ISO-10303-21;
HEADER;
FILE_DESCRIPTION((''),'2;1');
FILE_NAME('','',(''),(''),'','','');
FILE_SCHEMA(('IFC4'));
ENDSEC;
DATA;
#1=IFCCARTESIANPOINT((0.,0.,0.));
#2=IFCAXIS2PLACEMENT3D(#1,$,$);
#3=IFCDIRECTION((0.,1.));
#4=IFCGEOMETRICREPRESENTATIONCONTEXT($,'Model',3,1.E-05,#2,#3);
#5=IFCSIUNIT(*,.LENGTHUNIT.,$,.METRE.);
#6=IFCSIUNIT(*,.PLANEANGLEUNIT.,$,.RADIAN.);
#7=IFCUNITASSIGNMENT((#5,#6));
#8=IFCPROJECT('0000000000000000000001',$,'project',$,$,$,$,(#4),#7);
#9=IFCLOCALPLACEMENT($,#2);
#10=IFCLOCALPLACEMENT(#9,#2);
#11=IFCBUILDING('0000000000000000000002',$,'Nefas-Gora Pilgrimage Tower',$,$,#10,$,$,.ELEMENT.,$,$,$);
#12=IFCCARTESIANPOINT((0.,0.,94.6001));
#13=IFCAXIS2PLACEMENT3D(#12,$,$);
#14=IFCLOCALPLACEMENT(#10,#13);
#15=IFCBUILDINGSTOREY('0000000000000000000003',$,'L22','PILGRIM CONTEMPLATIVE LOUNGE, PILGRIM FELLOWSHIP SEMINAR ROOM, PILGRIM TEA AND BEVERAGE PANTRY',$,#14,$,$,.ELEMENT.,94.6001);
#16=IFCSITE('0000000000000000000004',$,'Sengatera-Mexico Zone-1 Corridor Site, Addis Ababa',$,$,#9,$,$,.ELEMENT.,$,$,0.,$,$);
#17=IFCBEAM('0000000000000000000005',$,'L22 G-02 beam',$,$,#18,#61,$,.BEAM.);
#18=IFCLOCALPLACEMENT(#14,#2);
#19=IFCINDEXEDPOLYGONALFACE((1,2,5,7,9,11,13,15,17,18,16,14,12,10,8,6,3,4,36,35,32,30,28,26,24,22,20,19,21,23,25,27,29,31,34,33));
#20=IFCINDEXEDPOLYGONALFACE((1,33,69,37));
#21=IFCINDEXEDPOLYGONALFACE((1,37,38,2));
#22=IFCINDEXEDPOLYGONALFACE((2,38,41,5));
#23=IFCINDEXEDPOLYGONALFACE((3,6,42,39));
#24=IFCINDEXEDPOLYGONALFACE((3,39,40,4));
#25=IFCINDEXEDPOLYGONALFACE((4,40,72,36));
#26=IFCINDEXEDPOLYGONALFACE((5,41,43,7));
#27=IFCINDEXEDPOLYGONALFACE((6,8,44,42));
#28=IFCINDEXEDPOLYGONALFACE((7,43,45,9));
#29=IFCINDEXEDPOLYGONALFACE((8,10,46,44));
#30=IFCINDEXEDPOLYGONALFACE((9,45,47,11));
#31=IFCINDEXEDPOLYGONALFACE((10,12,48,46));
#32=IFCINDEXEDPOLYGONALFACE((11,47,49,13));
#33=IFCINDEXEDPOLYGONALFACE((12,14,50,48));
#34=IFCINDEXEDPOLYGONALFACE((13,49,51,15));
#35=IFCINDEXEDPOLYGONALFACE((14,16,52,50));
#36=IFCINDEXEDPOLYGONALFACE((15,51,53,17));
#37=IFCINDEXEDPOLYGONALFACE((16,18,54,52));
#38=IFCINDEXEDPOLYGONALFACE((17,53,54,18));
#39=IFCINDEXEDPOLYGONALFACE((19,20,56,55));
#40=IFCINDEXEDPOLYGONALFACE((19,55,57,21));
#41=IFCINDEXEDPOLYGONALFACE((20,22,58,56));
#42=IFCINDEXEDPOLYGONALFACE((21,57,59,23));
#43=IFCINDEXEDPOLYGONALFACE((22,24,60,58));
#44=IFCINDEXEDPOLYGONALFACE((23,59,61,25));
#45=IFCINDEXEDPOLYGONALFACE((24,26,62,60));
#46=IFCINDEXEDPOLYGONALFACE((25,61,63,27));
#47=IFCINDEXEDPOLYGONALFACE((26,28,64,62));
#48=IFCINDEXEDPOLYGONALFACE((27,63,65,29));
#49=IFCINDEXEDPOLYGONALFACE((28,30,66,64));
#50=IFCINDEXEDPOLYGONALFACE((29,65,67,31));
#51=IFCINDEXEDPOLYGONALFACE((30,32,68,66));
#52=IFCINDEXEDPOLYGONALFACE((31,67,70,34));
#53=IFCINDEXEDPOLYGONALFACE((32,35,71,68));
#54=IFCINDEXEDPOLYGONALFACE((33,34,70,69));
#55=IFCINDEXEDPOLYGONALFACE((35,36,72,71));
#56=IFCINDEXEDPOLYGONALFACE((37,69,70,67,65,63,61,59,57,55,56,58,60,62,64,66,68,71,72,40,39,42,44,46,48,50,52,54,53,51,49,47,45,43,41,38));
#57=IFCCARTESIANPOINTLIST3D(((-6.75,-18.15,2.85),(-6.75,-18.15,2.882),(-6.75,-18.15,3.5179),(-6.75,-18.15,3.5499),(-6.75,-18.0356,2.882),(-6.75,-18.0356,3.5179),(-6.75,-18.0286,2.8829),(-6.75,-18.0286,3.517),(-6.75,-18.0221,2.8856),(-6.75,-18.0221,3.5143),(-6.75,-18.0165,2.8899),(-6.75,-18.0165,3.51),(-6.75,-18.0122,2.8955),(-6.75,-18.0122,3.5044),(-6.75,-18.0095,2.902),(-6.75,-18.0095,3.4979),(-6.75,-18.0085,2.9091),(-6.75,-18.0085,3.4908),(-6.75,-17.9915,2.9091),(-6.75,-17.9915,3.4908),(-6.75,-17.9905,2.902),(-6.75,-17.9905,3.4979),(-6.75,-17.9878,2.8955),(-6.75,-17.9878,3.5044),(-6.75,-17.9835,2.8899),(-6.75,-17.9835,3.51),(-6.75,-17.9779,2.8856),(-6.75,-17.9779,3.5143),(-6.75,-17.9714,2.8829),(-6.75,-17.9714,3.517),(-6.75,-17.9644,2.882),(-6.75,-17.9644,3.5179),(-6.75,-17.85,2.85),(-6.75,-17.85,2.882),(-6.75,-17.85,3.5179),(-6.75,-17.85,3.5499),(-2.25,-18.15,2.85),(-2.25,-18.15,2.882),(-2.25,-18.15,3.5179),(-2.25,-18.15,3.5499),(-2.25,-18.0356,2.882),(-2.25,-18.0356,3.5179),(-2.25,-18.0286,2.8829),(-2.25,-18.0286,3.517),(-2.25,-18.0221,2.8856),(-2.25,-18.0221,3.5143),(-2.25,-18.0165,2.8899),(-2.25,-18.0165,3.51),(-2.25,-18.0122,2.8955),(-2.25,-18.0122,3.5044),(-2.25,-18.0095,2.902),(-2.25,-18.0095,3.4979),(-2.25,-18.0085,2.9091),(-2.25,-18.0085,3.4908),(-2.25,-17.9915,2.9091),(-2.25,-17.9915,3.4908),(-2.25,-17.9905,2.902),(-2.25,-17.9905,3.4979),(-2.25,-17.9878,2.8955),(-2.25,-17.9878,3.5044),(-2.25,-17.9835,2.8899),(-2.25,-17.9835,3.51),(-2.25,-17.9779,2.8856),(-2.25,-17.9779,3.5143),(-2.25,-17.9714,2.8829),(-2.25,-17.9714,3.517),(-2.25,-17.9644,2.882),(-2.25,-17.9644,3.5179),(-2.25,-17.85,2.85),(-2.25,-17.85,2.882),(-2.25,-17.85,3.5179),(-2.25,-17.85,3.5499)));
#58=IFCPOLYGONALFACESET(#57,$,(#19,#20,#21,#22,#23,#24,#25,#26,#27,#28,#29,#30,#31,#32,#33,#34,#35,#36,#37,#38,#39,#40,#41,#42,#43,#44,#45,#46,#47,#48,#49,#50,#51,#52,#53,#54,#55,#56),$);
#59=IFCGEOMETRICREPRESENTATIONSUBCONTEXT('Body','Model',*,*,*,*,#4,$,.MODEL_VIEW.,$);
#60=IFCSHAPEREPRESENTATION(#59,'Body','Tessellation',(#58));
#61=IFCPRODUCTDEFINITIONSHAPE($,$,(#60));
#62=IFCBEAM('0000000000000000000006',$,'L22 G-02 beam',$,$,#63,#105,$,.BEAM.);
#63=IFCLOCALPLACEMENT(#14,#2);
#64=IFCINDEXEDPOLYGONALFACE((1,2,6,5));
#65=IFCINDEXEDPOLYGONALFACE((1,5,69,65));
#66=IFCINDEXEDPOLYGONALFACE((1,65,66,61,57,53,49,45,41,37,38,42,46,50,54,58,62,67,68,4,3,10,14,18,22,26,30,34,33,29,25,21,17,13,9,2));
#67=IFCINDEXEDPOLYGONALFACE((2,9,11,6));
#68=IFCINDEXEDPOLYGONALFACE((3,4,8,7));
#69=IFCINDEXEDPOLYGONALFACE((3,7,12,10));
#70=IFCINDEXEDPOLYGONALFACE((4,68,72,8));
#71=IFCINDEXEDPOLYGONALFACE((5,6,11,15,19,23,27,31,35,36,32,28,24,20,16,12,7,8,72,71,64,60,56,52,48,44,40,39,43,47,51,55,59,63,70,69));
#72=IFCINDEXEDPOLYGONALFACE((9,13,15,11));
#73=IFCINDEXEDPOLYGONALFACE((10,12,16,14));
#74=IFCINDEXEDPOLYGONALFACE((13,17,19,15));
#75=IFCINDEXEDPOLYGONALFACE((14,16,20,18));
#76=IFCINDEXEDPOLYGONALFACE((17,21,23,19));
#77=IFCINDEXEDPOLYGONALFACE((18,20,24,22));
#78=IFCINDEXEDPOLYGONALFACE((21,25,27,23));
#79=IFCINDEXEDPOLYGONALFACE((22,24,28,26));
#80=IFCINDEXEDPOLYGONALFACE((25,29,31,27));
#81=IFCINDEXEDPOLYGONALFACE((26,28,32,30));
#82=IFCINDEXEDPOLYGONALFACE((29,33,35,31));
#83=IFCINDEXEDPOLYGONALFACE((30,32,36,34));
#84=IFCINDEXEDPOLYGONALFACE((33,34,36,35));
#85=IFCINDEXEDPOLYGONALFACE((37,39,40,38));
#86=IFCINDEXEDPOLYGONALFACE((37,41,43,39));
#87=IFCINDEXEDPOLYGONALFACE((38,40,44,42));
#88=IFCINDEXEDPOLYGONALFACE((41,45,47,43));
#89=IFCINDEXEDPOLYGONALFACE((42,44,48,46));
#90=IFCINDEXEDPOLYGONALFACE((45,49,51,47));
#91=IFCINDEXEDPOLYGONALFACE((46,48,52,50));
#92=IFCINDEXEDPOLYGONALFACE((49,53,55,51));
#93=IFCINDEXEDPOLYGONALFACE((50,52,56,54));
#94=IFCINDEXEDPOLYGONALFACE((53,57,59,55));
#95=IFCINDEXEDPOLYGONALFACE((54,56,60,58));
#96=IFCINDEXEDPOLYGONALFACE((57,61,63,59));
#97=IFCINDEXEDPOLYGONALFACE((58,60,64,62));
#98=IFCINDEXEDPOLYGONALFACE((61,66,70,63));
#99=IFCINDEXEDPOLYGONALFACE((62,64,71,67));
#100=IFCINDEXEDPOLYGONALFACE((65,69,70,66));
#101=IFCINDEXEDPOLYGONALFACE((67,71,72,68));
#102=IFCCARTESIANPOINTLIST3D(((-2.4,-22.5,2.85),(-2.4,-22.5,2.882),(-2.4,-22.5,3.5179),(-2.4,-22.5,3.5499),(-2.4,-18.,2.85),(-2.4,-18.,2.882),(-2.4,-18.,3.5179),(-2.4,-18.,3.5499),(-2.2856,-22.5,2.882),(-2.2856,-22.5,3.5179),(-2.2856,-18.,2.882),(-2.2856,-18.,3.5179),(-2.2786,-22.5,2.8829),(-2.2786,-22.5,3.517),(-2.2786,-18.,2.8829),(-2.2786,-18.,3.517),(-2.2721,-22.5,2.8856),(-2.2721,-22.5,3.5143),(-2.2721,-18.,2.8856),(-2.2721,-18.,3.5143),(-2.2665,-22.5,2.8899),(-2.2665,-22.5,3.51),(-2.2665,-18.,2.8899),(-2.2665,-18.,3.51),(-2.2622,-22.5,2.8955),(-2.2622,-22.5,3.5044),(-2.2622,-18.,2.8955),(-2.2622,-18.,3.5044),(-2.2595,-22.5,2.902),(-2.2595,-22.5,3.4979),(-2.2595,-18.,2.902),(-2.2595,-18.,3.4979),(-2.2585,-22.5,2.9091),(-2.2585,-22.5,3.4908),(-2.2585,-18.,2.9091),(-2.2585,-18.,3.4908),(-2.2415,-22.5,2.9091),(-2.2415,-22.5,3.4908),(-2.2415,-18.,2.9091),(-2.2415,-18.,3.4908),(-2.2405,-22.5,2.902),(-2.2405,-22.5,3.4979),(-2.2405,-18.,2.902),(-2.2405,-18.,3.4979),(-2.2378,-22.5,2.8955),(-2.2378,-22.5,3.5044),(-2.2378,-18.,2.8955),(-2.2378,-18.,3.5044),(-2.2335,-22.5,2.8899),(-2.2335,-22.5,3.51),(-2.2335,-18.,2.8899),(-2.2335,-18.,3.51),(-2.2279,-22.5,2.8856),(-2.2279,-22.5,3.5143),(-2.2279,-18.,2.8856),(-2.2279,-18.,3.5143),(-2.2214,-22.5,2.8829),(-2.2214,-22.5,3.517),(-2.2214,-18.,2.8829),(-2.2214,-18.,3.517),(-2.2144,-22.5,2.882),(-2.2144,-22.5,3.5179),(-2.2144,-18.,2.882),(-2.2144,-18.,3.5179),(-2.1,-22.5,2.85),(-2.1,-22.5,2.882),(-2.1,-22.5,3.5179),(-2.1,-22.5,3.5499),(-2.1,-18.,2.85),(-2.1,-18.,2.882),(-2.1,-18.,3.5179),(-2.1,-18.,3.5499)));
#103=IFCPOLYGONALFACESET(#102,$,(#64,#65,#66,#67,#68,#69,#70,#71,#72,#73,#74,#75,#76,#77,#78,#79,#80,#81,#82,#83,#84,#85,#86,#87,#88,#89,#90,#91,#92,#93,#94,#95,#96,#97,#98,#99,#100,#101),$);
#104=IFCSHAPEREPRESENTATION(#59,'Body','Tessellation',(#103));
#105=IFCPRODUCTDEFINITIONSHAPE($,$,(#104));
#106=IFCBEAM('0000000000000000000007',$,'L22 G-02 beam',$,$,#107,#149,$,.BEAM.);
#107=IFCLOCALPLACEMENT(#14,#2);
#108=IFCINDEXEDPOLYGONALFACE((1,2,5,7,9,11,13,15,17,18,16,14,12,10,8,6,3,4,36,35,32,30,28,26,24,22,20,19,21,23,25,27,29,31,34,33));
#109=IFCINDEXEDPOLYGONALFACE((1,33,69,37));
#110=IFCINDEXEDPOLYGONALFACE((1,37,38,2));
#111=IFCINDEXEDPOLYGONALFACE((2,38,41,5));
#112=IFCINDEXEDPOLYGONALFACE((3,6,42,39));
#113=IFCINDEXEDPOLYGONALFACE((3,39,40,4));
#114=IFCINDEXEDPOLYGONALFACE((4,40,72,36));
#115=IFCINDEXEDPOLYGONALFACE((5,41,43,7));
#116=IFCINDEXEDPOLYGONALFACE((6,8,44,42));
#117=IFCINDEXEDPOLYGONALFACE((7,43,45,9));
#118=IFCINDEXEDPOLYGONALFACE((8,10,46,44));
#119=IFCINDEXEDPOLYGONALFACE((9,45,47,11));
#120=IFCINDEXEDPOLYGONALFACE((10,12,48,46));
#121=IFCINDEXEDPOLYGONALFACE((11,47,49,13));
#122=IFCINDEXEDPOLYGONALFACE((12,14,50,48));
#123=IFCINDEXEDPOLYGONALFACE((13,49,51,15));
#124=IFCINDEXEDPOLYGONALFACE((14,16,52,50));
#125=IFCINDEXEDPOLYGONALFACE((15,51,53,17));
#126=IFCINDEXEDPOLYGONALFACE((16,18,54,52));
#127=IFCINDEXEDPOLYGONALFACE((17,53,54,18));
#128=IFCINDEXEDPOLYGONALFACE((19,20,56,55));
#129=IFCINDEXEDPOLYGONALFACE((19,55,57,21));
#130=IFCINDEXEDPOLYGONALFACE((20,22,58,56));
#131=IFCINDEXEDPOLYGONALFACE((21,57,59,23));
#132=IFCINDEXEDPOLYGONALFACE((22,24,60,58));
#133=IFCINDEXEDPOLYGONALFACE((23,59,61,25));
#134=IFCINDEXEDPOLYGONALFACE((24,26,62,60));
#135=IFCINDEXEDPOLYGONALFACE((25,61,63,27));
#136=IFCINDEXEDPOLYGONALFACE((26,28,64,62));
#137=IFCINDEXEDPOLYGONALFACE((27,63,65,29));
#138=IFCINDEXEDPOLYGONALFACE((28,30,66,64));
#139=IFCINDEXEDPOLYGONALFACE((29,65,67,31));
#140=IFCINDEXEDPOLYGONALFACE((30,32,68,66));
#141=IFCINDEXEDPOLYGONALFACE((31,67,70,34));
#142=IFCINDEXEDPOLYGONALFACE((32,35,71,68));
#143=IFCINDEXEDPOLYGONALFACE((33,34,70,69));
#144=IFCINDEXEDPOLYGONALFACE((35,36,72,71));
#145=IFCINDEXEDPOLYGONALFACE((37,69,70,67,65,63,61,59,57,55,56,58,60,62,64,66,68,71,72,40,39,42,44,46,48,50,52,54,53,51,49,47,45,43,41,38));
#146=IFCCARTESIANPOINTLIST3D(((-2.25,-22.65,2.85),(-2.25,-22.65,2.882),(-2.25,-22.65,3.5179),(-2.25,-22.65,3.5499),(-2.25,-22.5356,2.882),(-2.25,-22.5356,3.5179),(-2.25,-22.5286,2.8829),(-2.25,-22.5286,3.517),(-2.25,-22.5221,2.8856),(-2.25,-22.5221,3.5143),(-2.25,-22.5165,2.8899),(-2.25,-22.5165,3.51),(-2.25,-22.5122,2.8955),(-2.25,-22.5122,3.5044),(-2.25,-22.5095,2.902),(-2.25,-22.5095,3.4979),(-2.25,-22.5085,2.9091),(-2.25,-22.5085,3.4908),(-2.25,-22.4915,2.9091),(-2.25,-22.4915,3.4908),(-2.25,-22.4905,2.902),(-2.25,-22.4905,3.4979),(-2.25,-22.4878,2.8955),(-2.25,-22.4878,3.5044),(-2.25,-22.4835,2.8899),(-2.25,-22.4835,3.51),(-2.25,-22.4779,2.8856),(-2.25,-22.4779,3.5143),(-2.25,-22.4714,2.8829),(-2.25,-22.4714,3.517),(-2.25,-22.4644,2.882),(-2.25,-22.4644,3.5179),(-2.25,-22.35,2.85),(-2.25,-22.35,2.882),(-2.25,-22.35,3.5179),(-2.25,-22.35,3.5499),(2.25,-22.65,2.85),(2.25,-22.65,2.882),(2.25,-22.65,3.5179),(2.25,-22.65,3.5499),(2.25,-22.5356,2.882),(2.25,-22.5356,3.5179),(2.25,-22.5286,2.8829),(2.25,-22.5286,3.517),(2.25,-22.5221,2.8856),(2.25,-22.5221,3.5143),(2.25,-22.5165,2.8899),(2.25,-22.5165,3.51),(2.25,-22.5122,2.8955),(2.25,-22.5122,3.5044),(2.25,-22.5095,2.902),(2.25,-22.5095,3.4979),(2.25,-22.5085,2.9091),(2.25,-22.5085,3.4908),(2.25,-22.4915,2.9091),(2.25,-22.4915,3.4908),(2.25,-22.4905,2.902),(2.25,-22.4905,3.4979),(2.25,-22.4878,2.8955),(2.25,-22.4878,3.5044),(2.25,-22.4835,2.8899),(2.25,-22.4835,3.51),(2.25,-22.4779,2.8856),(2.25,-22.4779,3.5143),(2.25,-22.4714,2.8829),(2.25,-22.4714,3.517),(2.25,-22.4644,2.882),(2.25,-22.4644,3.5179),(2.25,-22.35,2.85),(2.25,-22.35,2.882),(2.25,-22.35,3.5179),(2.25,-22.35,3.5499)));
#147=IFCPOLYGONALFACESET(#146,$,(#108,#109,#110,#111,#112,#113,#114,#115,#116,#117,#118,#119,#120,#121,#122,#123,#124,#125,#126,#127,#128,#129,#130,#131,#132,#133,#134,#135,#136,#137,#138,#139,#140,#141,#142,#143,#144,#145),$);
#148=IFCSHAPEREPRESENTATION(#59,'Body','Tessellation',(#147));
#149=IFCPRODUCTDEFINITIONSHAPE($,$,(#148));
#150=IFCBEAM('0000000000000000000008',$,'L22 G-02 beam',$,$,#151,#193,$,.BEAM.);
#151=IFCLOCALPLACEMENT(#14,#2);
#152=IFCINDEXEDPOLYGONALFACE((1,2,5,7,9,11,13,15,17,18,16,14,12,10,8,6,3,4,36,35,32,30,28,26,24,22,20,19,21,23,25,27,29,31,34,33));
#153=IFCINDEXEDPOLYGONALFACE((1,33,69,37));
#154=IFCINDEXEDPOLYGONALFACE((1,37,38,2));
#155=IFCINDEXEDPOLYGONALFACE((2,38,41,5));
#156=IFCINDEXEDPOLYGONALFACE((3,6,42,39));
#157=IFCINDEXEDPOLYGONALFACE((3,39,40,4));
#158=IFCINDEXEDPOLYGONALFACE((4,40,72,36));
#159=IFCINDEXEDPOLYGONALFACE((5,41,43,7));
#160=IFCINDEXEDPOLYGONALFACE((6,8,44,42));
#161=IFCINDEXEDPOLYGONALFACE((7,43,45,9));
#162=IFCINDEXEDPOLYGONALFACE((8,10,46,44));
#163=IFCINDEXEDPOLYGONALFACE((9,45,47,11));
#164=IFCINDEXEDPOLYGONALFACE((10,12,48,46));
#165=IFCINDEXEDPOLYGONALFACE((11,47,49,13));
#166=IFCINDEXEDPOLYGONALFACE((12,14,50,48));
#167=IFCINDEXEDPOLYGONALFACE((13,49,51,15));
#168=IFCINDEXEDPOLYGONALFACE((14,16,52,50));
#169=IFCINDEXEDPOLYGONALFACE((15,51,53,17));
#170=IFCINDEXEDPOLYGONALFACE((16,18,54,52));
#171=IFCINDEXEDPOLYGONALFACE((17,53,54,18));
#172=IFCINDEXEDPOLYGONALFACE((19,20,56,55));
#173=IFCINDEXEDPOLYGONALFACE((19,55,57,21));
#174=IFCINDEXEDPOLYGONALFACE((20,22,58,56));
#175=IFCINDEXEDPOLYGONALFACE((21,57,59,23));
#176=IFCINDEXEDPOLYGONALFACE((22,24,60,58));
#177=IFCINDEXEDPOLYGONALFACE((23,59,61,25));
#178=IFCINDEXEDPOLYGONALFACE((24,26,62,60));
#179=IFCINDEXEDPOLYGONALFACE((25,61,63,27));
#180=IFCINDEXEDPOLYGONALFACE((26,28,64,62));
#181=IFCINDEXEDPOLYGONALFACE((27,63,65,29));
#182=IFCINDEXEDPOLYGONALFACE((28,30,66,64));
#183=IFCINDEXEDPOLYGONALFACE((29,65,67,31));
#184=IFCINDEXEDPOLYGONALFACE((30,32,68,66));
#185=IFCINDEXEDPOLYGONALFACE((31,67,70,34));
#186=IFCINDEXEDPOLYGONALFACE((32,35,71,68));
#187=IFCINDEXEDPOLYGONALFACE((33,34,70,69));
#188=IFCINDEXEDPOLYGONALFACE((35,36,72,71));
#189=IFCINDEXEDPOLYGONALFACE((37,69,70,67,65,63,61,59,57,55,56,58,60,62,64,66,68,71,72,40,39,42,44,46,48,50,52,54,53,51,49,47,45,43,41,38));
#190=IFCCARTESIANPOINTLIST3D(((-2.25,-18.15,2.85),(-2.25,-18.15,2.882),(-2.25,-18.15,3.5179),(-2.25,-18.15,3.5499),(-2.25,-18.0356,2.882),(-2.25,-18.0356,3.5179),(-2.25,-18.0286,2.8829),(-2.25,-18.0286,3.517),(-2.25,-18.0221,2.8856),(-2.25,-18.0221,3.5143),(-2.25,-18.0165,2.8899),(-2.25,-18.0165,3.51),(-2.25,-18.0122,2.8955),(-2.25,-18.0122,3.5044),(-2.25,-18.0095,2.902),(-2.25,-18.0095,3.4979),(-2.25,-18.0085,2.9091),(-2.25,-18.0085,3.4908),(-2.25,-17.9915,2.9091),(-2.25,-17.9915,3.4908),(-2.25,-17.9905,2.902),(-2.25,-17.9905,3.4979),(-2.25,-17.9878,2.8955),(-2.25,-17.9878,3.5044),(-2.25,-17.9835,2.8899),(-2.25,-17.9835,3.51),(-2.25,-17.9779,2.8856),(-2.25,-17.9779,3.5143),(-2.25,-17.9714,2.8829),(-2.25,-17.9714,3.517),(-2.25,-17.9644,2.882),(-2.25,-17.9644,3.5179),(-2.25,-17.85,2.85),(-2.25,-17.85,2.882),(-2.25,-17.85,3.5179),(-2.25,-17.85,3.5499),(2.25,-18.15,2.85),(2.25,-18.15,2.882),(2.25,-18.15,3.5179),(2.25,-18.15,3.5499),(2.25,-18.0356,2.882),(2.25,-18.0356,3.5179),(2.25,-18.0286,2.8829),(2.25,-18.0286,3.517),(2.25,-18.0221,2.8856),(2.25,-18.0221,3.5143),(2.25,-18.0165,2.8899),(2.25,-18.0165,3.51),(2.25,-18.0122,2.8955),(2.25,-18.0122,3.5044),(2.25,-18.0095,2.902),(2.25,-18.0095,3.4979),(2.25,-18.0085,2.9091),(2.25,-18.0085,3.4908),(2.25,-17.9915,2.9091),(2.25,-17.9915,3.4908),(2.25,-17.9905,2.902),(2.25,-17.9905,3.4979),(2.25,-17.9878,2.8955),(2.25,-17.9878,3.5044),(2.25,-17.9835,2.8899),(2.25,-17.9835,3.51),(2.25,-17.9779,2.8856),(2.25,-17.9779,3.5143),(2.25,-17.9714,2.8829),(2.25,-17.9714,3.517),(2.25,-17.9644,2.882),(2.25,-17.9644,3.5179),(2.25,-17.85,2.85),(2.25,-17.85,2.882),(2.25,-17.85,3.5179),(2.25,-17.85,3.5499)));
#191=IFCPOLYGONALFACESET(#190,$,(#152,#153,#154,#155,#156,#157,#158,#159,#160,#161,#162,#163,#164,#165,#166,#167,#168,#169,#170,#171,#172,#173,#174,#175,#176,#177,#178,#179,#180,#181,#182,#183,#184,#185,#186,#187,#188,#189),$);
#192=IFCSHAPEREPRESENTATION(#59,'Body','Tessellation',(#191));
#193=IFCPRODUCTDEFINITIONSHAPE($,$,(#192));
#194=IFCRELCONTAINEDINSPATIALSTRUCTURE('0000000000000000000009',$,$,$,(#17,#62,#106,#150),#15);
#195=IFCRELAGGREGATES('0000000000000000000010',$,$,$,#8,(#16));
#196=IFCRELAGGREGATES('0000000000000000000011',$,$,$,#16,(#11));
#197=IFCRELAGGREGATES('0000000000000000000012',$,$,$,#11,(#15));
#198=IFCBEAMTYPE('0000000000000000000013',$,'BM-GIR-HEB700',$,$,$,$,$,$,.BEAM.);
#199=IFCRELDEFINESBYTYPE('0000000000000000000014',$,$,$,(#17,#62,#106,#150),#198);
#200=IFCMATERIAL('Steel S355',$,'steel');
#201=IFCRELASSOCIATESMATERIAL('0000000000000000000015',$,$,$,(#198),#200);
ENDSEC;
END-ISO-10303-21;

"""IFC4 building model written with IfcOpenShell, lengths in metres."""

from ifc_helpers import new_model, si_unit, direction, frame, origin, origin_2d, place, context, subcontext, project, spatial, i_section, extrude, source, transform, mapped, material, material_profile, profile_set, type_object, element, save


model = new_model("IFC4")

# Units and contexts
model_context = context("Model", 3, precision=1e-05, world=origin(), true_north=direction((0.0, 1.0)))
body_context = subcontext(model_context, "Body", "Model", "MODEL_VIEW")
ifc_project = project(units=[si_unit("LENGTHUNIT", "METRE"), si_unit("PLANEANGLEUNIT", "RADIAN")], contexts=[model_context])

# Site, building, storey
site_placement = place(None, origin())
site = spatial("IfcSite", under=ifc_project, at=site_placement, Name="Sengatera-Mexico Zone-1 Corridor Site, Addis Ababa", CompositionType="ELEMENT", RefElevation=0.0)
building_placement = place(site_placement, origin())
building = spatial("IfcBuilding", under=site, at=building_placement, Name="Nefas-Gora Pilgrimage Tower", CompositionType="ELEMENT")
storey_placement = place(building_placement, frame((0.0, 0.0, 94.6001)))
storey = spatial("IfcBuildingStorey", under=building, at=storey_placement, Name="L22", Description="PILGRIM CONTEMPLATIVE LOUNGE, PILGRIM FELLOWSHIP SEMINAR ROOM, PILGRIM TEA AND BEVERAGE PANTRY", CompositionType="ELEMENT", Elevation=94.6001)

# Beams
ifc_material_1 = material(Name="Steel S355", Category="steel")
ifc_material_profile_1 = material_profile(ifc_material_1, i_section(OverallWidth=0.3, OverallDepth=0.7, WebThickness=0.0171, FlangeThickness=0.032, FilletRadius=0.0271, at=origin_2d()), Name="HEB 700")
ifc_profile_set_1 = profile_set([ifc_material_profile_1], Name="Steel S355")
beam_type = type_object("IfcBeamType", Name="BM-GIR-HEB700", PredefinedType="BEAM", material=ifc_profile_set_1)
shared_shape_1 = source(origin(), body_context, "Body", "SweptSolid", [
    extrude(i_section(OverallWidth=0.3, OverallDepth=0.7, WebThickness=0.0171, FlangeThickness=0.032, FilletRadius=0.0271, at=origin_2d()), origin(), (0.0, 0.0, 1.0), 4.5),
])
for number, where, z_axis, x_axis, name in (
    (1, (-6.75, -18.0, 3.2), (1.0, 0.0, 0.0), (0.0, 1.0, 0.0), "L22 G-02 beam"),
    (2, (-2.25, -22.5, 3.2), (0.0, 1.0, 0.0), (-1.0, 0.0, 0.0), "L22 G-02 beam"),
    (3, (-2.25, -22.5, 3.2), (1.0, 0.0, 0.0), (0.0, 1.0, 0.0), "L22 G-02 beam"),
    (4, (-2.25, -18.0, 3.2), (1.0, 0.0, 0.0), (0.0, 1.0, 0.0), "L22 G-02 beam"),
):
    element("IfcBeam", number, at=place(storey_placement, frame(where, z_axis=z_axis, x_axis=x_axis)), inside=storey, type_object=beam_type, Name=name, PredefinedType="BEAM", context=body_context, shape_type="MappedRepresentation", body=[
        mapped(shared_shape_1, transform((0.0, 0.0, 0.0), x_axis=(1.0, 0.0, 0.0), y_axis=(0.0, 1.0, 0.0), z_axis=(0.0, 0.0, 1.0), scale=1.0)),
    ])

save(model, "model.ifc")
